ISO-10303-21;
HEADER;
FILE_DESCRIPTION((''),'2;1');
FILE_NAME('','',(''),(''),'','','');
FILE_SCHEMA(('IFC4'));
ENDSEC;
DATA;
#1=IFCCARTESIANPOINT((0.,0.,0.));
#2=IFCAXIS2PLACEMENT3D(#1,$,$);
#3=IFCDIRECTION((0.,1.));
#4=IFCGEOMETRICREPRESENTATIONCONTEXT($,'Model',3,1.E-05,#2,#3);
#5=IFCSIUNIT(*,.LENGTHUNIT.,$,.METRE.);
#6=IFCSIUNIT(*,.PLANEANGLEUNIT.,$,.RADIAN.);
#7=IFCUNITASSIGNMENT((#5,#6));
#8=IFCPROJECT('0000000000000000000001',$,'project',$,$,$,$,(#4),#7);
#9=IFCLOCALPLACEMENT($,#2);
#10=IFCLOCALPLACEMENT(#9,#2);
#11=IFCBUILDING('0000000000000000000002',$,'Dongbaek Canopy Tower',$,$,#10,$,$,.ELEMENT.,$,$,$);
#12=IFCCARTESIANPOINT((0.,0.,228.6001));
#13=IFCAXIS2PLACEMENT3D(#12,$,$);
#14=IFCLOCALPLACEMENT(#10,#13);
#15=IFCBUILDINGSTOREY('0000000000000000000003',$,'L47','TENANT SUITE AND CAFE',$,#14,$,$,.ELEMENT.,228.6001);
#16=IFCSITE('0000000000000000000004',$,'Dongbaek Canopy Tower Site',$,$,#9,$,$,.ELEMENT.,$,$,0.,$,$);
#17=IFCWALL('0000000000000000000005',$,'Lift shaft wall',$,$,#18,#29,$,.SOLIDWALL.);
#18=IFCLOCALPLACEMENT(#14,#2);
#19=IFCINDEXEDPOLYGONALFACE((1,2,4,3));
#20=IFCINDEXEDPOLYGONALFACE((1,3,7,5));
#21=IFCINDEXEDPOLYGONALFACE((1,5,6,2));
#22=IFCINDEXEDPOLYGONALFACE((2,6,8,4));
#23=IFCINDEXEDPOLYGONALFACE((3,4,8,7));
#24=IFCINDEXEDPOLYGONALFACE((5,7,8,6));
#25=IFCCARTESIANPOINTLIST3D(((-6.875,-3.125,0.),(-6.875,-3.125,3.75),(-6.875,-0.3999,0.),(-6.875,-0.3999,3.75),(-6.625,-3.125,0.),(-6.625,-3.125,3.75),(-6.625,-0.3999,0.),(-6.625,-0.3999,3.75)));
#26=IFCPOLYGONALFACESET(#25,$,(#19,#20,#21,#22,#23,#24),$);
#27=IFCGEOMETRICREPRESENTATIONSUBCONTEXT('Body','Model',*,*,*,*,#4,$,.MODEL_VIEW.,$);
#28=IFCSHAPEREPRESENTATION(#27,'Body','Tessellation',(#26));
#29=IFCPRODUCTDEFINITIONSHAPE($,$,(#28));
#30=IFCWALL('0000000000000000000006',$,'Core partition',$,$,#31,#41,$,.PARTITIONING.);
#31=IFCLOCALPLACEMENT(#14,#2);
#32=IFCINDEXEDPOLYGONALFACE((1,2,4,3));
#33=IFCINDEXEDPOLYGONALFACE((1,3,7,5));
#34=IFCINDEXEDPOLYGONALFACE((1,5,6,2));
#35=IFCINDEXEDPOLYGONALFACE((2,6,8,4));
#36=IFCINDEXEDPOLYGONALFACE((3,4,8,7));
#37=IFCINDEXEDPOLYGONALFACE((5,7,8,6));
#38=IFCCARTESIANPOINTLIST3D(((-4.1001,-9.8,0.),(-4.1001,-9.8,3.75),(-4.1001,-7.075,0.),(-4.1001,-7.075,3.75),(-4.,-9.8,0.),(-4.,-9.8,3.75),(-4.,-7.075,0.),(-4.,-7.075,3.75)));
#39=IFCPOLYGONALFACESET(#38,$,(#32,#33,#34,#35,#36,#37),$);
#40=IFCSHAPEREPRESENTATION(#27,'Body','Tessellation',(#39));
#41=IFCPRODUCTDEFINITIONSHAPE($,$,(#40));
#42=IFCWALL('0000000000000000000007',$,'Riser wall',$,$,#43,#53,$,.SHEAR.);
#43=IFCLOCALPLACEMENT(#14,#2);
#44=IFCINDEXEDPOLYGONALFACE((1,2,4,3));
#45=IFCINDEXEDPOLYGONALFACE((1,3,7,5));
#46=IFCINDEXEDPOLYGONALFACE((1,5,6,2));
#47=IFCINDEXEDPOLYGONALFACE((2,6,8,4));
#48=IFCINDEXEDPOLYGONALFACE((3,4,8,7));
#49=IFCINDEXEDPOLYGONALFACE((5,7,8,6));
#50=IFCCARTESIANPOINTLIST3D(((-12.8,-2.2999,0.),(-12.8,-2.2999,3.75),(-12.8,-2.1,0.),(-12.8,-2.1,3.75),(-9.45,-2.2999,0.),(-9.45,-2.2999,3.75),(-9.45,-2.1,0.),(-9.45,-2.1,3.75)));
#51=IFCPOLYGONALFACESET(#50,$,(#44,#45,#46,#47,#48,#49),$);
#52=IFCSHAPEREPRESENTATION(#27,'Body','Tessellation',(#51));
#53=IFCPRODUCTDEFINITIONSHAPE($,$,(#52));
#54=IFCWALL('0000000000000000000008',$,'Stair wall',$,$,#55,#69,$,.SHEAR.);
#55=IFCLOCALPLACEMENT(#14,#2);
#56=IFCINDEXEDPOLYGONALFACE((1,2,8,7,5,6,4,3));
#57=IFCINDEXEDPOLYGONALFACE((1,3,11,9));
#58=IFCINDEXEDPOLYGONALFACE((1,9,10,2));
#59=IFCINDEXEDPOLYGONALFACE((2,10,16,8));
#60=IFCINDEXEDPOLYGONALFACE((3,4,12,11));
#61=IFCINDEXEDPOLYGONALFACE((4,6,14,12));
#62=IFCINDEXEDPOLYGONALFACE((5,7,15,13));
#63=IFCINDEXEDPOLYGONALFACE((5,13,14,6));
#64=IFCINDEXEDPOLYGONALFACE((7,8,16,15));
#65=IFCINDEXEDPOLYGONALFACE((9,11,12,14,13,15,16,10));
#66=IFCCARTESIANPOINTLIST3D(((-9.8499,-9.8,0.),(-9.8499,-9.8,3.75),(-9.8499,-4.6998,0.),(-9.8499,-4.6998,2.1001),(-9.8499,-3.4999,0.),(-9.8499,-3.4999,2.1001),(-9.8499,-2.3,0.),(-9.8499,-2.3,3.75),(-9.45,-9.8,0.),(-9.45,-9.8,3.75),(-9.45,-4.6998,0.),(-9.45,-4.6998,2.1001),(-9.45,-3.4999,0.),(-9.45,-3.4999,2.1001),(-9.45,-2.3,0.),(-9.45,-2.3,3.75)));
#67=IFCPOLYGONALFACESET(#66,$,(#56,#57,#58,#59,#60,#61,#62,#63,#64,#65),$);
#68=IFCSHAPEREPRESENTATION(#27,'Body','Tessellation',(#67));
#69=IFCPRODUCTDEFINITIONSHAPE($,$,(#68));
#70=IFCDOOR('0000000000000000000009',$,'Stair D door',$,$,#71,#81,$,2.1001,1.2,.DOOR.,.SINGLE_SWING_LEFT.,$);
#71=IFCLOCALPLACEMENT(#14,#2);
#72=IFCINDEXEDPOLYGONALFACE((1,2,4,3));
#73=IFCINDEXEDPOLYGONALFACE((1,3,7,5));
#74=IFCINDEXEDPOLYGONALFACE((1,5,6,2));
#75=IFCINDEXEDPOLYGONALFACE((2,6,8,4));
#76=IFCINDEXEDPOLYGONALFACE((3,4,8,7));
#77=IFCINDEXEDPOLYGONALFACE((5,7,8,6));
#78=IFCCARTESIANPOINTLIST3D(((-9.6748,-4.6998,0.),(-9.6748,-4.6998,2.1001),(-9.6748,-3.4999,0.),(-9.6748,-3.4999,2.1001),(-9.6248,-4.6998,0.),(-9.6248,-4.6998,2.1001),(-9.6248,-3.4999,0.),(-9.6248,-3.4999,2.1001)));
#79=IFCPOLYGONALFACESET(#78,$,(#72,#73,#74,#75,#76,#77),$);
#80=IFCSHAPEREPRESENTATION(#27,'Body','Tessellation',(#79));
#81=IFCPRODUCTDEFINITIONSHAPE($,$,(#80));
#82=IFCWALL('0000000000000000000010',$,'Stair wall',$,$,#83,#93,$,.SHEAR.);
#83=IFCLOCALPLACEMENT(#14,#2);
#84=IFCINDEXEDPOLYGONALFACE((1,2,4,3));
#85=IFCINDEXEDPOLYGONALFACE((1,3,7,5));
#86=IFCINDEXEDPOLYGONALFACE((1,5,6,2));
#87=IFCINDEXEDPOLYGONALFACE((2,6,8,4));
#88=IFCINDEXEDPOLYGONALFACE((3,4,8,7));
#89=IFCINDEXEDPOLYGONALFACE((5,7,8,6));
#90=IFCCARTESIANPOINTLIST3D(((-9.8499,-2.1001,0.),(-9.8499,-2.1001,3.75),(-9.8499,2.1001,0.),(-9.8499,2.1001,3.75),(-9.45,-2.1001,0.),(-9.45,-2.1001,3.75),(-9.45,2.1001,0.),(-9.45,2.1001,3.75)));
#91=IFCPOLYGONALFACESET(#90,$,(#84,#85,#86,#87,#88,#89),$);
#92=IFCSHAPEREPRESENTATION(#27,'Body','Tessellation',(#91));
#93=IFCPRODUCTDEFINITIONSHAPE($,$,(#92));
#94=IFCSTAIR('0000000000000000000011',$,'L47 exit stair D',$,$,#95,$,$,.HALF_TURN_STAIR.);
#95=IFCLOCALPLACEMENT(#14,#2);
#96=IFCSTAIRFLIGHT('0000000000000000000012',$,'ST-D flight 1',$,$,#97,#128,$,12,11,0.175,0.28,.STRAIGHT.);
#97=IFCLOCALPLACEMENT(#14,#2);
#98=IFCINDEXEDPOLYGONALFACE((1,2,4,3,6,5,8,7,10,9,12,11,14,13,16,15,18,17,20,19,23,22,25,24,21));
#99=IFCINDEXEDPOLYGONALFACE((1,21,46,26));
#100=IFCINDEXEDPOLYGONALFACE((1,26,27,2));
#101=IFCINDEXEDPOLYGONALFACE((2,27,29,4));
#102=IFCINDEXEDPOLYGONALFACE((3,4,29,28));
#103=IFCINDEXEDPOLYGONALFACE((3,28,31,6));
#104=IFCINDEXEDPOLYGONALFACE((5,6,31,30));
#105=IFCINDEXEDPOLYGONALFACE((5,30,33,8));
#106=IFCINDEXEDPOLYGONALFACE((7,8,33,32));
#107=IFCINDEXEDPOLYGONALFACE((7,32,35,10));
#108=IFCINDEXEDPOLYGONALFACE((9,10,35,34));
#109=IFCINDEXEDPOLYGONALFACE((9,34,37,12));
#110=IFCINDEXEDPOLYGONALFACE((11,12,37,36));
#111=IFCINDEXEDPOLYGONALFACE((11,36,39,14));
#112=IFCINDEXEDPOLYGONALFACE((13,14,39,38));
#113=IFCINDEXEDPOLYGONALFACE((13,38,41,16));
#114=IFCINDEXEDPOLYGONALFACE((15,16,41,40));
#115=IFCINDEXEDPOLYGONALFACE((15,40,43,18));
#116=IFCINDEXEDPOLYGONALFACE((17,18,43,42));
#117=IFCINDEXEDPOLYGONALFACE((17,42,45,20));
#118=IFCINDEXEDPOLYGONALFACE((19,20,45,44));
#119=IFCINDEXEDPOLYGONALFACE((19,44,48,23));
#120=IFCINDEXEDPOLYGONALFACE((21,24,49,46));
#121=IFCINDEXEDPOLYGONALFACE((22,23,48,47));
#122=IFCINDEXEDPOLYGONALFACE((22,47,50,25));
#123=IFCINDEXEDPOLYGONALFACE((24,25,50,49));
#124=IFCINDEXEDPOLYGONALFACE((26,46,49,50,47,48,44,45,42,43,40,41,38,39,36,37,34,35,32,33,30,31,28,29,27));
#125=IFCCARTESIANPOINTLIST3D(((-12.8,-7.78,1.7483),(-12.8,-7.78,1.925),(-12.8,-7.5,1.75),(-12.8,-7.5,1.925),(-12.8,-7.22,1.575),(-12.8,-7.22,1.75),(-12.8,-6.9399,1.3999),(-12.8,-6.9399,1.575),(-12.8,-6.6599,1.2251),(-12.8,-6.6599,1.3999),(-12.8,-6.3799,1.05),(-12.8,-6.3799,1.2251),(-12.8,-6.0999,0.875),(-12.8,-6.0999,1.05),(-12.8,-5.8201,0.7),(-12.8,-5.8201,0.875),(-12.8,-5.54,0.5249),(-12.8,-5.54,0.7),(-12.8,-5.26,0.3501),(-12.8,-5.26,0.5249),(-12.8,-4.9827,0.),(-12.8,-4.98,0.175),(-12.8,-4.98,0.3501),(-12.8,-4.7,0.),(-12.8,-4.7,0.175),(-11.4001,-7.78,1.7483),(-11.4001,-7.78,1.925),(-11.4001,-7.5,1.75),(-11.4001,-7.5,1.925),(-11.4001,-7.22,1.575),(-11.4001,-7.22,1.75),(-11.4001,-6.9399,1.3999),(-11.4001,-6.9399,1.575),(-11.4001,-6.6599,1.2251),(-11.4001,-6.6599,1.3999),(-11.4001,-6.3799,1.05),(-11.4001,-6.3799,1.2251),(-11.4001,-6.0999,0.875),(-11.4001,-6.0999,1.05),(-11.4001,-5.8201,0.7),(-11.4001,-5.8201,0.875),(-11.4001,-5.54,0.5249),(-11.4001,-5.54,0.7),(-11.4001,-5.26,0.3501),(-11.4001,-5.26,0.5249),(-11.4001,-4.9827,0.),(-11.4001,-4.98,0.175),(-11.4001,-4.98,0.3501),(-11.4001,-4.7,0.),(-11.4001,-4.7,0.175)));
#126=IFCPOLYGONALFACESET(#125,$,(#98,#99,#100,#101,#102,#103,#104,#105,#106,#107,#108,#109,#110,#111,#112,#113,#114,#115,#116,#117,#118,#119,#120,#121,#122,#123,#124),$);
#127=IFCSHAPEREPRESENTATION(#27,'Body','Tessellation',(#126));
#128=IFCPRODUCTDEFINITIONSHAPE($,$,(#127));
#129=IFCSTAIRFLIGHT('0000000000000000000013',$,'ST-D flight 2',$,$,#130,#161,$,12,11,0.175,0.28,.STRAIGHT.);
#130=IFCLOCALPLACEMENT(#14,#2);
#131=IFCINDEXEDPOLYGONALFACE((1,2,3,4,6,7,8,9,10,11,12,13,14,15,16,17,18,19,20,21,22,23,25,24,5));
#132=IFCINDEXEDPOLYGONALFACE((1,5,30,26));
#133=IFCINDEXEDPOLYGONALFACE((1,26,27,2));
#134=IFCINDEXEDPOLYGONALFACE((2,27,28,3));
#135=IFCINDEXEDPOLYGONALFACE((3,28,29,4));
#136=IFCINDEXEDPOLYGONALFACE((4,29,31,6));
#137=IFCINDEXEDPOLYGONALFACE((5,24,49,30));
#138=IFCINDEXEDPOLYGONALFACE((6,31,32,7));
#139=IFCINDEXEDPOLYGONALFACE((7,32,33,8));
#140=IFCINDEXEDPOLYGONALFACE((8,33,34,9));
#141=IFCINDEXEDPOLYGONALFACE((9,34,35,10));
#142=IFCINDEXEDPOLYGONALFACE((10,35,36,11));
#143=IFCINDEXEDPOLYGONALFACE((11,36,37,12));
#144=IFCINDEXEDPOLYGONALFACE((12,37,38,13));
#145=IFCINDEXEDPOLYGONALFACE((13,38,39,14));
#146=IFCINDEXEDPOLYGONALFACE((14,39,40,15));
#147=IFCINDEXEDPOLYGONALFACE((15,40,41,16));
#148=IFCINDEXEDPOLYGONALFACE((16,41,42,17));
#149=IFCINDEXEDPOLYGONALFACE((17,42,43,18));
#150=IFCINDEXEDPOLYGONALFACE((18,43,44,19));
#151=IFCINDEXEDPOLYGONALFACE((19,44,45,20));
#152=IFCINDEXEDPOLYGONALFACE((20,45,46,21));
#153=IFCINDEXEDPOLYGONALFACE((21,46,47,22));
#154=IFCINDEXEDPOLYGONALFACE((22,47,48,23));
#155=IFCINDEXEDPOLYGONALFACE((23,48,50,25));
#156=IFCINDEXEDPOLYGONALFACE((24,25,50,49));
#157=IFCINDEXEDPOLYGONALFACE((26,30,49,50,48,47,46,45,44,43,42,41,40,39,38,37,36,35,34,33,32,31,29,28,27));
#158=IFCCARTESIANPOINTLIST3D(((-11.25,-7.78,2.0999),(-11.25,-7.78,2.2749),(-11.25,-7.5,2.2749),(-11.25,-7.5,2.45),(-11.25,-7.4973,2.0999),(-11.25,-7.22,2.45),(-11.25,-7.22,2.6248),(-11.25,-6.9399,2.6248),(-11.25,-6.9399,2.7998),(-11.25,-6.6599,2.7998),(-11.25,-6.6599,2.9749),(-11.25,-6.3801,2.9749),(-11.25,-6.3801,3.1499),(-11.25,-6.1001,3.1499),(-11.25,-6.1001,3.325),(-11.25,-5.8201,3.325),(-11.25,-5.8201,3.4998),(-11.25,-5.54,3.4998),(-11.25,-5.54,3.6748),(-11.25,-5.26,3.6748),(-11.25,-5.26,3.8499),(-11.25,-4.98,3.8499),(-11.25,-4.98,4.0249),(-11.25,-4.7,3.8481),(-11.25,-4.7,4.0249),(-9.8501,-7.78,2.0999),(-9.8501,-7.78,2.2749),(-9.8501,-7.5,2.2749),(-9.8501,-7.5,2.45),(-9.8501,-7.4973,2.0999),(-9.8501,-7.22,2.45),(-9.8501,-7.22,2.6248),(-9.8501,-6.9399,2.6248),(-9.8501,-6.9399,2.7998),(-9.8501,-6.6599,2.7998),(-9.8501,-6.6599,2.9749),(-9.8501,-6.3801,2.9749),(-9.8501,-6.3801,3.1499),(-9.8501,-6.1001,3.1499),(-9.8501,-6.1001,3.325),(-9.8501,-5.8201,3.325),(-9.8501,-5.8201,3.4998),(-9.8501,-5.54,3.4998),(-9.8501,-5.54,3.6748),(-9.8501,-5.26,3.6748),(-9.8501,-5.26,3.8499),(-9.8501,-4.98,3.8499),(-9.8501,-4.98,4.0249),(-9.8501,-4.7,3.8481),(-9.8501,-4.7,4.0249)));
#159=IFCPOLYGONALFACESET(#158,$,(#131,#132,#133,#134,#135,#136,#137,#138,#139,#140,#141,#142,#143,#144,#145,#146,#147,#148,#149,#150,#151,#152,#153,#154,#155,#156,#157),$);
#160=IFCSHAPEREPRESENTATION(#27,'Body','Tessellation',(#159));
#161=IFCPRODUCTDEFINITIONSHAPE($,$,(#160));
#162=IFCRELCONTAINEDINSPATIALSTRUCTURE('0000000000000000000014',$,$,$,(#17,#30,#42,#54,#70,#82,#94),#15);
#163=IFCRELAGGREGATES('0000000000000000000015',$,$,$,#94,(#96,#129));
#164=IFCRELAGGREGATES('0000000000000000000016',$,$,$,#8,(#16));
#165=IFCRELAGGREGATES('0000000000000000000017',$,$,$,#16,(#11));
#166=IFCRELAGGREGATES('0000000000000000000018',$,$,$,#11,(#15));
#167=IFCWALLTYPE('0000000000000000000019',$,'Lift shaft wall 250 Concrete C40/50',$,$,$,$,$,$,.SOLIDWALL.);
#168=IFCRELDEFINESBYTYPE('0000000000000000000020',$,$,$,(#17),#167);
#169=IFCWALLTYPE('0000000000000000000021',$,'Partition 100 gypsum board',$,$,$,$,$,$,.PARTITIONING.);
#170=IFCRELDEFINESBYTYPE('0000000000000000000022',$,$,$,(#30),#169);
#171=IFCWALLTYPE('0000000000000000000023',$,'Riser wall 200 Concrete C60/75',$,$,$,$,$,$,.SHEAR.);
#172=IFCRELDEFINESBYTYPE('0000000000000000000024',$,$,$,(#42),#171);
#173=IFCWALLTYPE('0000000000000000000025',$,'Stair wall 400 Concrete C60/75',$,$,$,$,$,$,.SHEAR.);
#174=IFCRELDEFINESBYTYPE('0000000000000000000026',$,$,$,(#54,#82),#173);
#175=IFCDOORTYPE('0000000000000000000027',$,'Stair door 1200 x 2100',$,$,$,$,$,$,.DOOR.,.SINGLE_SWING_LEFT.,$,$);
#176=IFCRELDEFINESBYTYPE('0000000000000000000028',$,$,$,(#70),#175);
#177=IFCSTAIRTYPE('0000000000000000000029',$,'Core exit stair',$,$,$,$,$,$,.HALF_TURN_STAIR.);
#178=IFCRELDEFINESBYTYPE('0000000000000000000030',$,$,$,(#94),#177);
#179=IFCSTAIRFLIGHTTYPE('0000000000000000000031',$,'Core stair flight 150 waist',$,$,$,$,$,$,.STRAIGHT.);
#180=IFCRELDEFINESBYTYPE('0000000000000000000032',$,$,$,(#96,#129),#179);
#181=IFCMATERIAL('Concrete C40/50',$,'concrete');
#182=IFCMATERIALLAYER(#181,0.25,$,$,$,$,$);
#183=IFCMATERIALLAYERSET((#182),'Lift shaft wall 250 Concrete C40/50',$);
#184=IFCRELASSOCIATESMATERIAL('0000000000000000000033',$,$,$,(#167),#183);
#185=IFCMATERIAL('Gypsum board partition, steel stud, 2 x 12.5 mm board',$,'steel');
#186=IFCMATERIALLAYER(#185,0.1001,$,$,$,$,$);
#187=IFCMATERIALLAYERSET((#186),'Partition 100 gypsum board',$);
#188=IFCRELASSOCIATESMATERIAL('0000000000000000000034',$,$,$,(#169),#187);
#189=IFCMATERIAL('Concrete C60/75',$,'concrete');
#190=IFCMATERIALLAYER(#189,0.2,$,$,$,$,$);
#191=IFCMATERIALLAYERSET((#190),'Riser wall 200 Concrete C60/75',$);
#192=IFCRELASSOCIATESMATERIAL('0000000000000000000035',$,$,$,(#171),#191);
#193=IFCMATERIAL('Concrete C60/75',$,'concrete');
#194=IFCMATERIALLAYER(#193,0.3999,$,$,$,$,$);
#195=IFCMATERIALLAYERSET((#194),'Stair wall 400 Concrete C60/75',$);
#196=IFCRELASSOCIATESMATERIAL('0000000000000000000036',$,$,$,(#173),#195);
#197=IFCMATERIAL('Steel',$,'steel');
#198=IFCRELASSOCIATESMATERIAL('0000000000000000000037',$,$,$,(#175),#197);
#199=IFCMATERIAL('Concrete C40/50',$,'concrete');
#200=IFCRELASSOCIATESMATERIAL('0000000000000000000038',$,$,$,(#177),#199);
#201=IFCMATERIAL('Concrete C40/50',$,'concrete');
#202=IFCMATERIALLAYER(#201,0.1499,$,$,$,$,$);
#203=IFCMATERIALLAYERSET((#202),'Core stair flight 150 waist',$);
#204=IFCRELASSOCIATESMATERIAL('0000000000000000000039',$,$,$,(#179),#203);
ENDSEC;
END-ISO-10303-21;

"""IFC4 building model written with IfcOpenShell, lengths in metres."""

from ifc_helpers import new_model, si_unit, direction, frame, frame_2d, origin, place, context, subcontext, project, spatial, polyline, rectangle, outline, extrude, material, layer, layer_set, type_object, element, fill, aggregate, save


model = new_model("IFC4")

# Units and contexts
model_context = context("Model", 3, precision=1e-05, world=origin(), true_north=direction((0.0, 1.0)))
body_context = subcontext(model_context, "Body", "Model", "MODEL_VIEW")
ifc_project = project(units=[si_unit("LENGTHUNIT", "METRE"), si_unit("PLANEANGLEUNIT", "RADIAN")], contexts=[model_context])

# Site, building, storey
site_placement = place(None, origin())
site = spatial("IfcSite", under=ifc_project, at=site_placement, Name="Dongbaek Canopy Tower Site", CompositionType="ELEMENT", RefElevation=0.0)
building_placement = place(site_placement, origin())
building = spatial("IfcBuilding", under=site, at=building_placement, Name="Dongbaek Canopy Tower", CompositionType="ELEMENT")
storey_placement = place(building_placement, frame((0.0, 0.0, 228.6001)))
storey = spatial("IfcBuildingStorey", under=building, at=storey_placement, Name="L47", Description="TENANT SUITE AND CAFE", CompositionType="ELEMENT", Elevation=228.6001)

# Walls
ifc_material_1 = material(Name="Concrete C40/50", Category="concrete")
ifc_layer_1 = layer(ifc_material_1, 0.25)
ifc_layer_set_1 = layer_set([ifc_layer_1], Name="Lift shaft wall 250 Concrete C40/50")
wall_type_1 = type_object("IfcWallType", Name="Lift shaft wall 250 Concrete C40/50", PredefinedType="SOLIDWALL", material=ifc_layer_set_1)
for number, where, z_axis, x_axis, name in (
    (1, (-6.75, -3.125, 0.0), (0.0, 0.0, 1.0), (0.0, 1.0, 0.0), "Lift shaft wall"),
):
    element("IfcWall", number, at=place(storey_placement, frame(where, z_axis=z_axis, x_axis=x_axis)), inside=storey, type_object=wall_type_1, Name=name, PredefinedType="SOLIDWALL", context=body_context, shape_type="SweptSolid", body=[
        extrude(rectangle(XDim=2.7251, YDim=0.25, at=frame_2d((1.3625, 0.0))), origin(), (0.0, 0.0, 1.0), 3.75),
    ])
ifc_material_2 = material(Name="Gypsum board partition, steel stud, 2 x 12.5 mm board", Category="steel")
ifc_layer_2 = layer(ifc_material_2, 0.1001)
ifc_layer_set_2 = layer_set([ifc_layer_2], Name="Partition 100 gypsum board")
wall_type_2 = type_object("IfcWallType", Name="Partition 100 gypsum board", PredefinedType="PARTITIONING", material=ifc_layer_set_2)
wall_1_placement = place(storey_placement, frame((-4.05, -9.8, 0.0), z_axis=(0.0, 0.0, 1.0), x_axis=(0.0, 1.0, 0.0)))
element("IfcWall", 2, at=wall_1_placement, inside=storey, type_object=wall_type_2, Name="Core partition", PredefinedType="PARTITIONING", context=body_context, shape_type="SweptSolid", body=[
    extrude(rectangle(XDim=2.7251, YDim=0.1001, at=frame_2d((1.3625, 0.0))), origin(), (0.0, 0.0, 1.0), 3.75),
])
ifc_material_3 = material(Name="Concrete C60/75", Category="concrete")
ifc_layer_3 = layer(ifc_material_3, 0.2)
ifc_layer_set_3 = layer_set([ifc_layer_3], Name="Riser wall 200 Concrete C60/75")
wall_type_3 = type_object("IfcWallType", Name="Riser wall 200 Concrete C60/75", PredefinedType="SHEAR", material=ifc_layer_set_3)
wall_2_placement = place(storey_placement, frame((-9.45, -2.2, 0.0), z_axis=(0.0, 0.0, 1.0), x_axis=(-1.0, 0.0, 0.0)))
element("IfcWall", 3, at=wall_2_placement, inside=storey, type_object=wall_type_3, Name="Riser wall", PredefinedType="SHEAR", context=body_context, shape_type="SweptSolid", body=[
    extrude(rectangle(XDim=3.3501, YDim=0.2, at=frame_2d((1.675, 0.0))), origin(), (0.0, 0.0, 1.0), 3.75),
])

# Wall, opening, door
ifc_material_4 = material(Name="Concrete C60/75", Category="concrete")
ifc_layer_4 = layer(ifc_material_4, 0.3999)
ifc_layer_set_4 = layer_set([ifc_layer_4], Name="Stair wall 400 Concrete C60/75")
wall_type_4 = type_object("IfcWallType", Name="Stair wall 400 Concrete C60/75", PredefinedType="SHEAR", material=ifc_layer_set_4)
wall_3_placement = place(storey_placement, frame((-9.6499, -9.8, 0.0), z_axis=(0.0, 0.0, 1.0), x_axis=(0.0, 1.0, 0.0)))
wall_3 = element("IfcWall", 4, at=wall_3_placement, inside=storey, type_object=wall_type_4, Name="Stair wall", PredefinedType="SHEAR", context=body_context, shape_type="SweptSolid", body=[
    extrude(rectangle(XDim=7.5, YDim=0.3999, at=frame_2d((3.75, 0.0))), origin(), (0.0, 0.0, 1.0), 3.75),
])
opening_1_placement = place(wall_3_placement, frame((5.1001, 0.0, 0.0)))
opening_1 = element("IfcOpeningElement", 5, at=opening_1_placement, cuts=wall_3, PredefinedType="OPENING", context=body_context, shape_type="SweptSolid", body=[
    extrude(rectangle(XDim=1.2, YDim=2.1001, at=frame_2d((0.6001, 1.05))), frame((0.0, 0.21, 0.0), z_axis=(0.0, -1.0, 0.0), x_axis=(1.0, 0.0, 0.0)), (0.0, 0.0, 1.0), 0.4199),
])
ifc_material_5 = material(Name="Steel", Category="steel")
door_type_1 = type_object("IfcDoorType", Name="Stair door 1200 x 2100", OperationType="SINGLE_SWING_LEFT", PredefinedType="DOOR", material=ifc_material_5)
door_1_placement = place(opening_1_placement, origin())
door_1 = element("IfcDoor", 6, at=door_1_placement, inside=storey, type_object=door_type_1, Name="Stair D door", OperationType="SINGLE_SWING_LEFT", OverallHeight=2.1001, OverallWidth=1.2, PredefinedType="DOOR", context=body_context, shape_type="SweptSolid", body=[
    extrude(rectangle(XDim=1.2, YDim=2.1001, at=frame_2d((0.6001, 1.05))), frame((0.0, 0.0249, 0.0), z_axis=(0.0, -1.0, 0.0), x_axis=(1.0, 0.0, 0.0)), (0.0, 0.0, 1.0), 0.05),
])
fill(opening_1, door_1)

# Wall
wall_4_placement = place(storey_placement, frame((-9.6499, -2.1001, 0.0), z_axis=(0.0, 0.0, 1.0), x_axis=(0.0, 1.0, 0.0)))
element("IfcWall", 7, at=wall_4_placement, inside=storey, type_object=wall_type_4, Name="Stair wall", PredefinedType="SHEAR", context=body_context, shape_type="SweptSolid", body=[
    extrude(rectangle(XDim=4.2002, YDim=0.3999, at=frame_2d((2.1001, 0.0))), origin(), (0.0, 0.0, 1.0), 3.75),
])

# Stair, stair flights
ifc_material_6 = material(Name="Concrete C40/50", Category="concrete")
stair_type = type_object("IfcStairType", Name="Core exit stair", PredefinedType="HALF_TURN_STAIR", material=ifc_material_6)
stair_placement = place(storey_placement, origin())
stair = element("IfcStair", 8, at=stair_placement, inside=storey, type_object=stair_type, Name="L47 exit stair D", PredefinedType="HALF_TURN_STAIR")
ifc_material_7 = material(Name="Concrete C40/50", Category="concrete")
ifc_layer_5 = layer(ifc_material_7, 0.1499)
ifc_layer_set_5 = layer_set([ifc_layer_5], Name="Core stair flight 150 waist")
stair_flight_type = type_object("IfcStairFlightType", Name="Core stair flight 150 waist", PredefinedType="STRAIGHT", material=ifc_layer_set_5)
stair_flight_1_placement = place(storey_placement, frame((-12.1001, -4.7, 0.0), z_axis=(0.0, 0.0, 1.0), x_axis=(0.0, -1.0, 0.0)))
stair_flight_1 = element("IfcStairFlight", 9, at=stair_flight_1_placement, type_object=stair_flight_type, Name="ST-D flight 1", NumberOfRisers=12, NumberOfTreads=11, PredefinedType="STRAIGHT", RiserHeight=0.175, TreadLength=0.28, context=body_context, shape_type="SweptSolid", body=[
    extrude(outline(polyline([(0.0, 0.0), (0.0, 0.175), (0.28, 0.175), (0.28, 0.3501), (0.5601, 0.3501), (0.5601, 0.5249), (0.8401, 0.5249), (0.8401, 0.7), (1.1201, 0.7), (1.1201, 0.875), (1.3999, 0.875), (1.3999, 1.05), (1.6799, 1.05), (1.6799, 1.2251), (1.96, 1.2251), (1.96, 1.3999), (2.24, 1.3999), (2.24, 1.575), (2.52, 1.575), (2.52, 1.75), (2.8, 1.75), (2.8, 1.925), (3.0801, 1.925), (3.0801, 2.1001), (3.0801, 1.7483), (0.2827, 0.0), (0.0, 0.0)])), frame((0.0, 0.7, 0.0), z_axis=(0.0, -1.0, 0.0), x_axis=(1.0, 0.0, 0.0)), (0.0, 0.0, 1.0), 1.3999),
])
stair_flight_2_placement = place(storey_placement, frame((-10.55, -7.78, 2.0999), z_axis=(0.0, 0.0, 1.0), x_axis=(0.0, 1.0, 0.0)))
stair_flight_2 = element("IfcStairFlight", 10, at=stair_flight_2_placement, type_object=stair_flight_type, Name="ST-D flight 2", NumberOfRisers=12, NumberOfTreads=11, PredefinedType="STRAIGHT", RiserHeight=0.175, TreadLength=0.28, context=body_context, shape_type="SweptSolid", body=[
    extrude(outline(polyline([(0.0, 0.0), (0.0, 0.175), (0.28, 0.175), (0.28, 0.3501), (0.5601, 0.3501), (0.5601, 0.5249), (0.8401, 0.5249), (0.8401, 0.7), (1.1201, 0.7), (1.1201, 0.875), (1.3999, 0.875), (1.3999, 1.05), (1.6799, 1.05), (1.6799, 1.2251), (1.96, 1.2251), (1.96, 1.3999), (2.24, 1.3999), (2.24, 1.575), (2.52, 1.575), (2.52, 1.75), (2.8, 1.75), (2.8, 1.925), (3.0801, 1.925), (3.0801, 2.1001), (3.0801, 1.7483), (0.2827, 0.0), (0.0, 0.0)])), frame((0.0, 0.7, 0.0), z_axis=(0.0, -1.0, 0.0), x_axis=(1.0, 0.0, 0.0)), (0.0, 0.0, 1.0), 1.3999),
])
aggregate(stair, [stair_flight_1, stair_flight_2])

save(model, "model.ifc")
